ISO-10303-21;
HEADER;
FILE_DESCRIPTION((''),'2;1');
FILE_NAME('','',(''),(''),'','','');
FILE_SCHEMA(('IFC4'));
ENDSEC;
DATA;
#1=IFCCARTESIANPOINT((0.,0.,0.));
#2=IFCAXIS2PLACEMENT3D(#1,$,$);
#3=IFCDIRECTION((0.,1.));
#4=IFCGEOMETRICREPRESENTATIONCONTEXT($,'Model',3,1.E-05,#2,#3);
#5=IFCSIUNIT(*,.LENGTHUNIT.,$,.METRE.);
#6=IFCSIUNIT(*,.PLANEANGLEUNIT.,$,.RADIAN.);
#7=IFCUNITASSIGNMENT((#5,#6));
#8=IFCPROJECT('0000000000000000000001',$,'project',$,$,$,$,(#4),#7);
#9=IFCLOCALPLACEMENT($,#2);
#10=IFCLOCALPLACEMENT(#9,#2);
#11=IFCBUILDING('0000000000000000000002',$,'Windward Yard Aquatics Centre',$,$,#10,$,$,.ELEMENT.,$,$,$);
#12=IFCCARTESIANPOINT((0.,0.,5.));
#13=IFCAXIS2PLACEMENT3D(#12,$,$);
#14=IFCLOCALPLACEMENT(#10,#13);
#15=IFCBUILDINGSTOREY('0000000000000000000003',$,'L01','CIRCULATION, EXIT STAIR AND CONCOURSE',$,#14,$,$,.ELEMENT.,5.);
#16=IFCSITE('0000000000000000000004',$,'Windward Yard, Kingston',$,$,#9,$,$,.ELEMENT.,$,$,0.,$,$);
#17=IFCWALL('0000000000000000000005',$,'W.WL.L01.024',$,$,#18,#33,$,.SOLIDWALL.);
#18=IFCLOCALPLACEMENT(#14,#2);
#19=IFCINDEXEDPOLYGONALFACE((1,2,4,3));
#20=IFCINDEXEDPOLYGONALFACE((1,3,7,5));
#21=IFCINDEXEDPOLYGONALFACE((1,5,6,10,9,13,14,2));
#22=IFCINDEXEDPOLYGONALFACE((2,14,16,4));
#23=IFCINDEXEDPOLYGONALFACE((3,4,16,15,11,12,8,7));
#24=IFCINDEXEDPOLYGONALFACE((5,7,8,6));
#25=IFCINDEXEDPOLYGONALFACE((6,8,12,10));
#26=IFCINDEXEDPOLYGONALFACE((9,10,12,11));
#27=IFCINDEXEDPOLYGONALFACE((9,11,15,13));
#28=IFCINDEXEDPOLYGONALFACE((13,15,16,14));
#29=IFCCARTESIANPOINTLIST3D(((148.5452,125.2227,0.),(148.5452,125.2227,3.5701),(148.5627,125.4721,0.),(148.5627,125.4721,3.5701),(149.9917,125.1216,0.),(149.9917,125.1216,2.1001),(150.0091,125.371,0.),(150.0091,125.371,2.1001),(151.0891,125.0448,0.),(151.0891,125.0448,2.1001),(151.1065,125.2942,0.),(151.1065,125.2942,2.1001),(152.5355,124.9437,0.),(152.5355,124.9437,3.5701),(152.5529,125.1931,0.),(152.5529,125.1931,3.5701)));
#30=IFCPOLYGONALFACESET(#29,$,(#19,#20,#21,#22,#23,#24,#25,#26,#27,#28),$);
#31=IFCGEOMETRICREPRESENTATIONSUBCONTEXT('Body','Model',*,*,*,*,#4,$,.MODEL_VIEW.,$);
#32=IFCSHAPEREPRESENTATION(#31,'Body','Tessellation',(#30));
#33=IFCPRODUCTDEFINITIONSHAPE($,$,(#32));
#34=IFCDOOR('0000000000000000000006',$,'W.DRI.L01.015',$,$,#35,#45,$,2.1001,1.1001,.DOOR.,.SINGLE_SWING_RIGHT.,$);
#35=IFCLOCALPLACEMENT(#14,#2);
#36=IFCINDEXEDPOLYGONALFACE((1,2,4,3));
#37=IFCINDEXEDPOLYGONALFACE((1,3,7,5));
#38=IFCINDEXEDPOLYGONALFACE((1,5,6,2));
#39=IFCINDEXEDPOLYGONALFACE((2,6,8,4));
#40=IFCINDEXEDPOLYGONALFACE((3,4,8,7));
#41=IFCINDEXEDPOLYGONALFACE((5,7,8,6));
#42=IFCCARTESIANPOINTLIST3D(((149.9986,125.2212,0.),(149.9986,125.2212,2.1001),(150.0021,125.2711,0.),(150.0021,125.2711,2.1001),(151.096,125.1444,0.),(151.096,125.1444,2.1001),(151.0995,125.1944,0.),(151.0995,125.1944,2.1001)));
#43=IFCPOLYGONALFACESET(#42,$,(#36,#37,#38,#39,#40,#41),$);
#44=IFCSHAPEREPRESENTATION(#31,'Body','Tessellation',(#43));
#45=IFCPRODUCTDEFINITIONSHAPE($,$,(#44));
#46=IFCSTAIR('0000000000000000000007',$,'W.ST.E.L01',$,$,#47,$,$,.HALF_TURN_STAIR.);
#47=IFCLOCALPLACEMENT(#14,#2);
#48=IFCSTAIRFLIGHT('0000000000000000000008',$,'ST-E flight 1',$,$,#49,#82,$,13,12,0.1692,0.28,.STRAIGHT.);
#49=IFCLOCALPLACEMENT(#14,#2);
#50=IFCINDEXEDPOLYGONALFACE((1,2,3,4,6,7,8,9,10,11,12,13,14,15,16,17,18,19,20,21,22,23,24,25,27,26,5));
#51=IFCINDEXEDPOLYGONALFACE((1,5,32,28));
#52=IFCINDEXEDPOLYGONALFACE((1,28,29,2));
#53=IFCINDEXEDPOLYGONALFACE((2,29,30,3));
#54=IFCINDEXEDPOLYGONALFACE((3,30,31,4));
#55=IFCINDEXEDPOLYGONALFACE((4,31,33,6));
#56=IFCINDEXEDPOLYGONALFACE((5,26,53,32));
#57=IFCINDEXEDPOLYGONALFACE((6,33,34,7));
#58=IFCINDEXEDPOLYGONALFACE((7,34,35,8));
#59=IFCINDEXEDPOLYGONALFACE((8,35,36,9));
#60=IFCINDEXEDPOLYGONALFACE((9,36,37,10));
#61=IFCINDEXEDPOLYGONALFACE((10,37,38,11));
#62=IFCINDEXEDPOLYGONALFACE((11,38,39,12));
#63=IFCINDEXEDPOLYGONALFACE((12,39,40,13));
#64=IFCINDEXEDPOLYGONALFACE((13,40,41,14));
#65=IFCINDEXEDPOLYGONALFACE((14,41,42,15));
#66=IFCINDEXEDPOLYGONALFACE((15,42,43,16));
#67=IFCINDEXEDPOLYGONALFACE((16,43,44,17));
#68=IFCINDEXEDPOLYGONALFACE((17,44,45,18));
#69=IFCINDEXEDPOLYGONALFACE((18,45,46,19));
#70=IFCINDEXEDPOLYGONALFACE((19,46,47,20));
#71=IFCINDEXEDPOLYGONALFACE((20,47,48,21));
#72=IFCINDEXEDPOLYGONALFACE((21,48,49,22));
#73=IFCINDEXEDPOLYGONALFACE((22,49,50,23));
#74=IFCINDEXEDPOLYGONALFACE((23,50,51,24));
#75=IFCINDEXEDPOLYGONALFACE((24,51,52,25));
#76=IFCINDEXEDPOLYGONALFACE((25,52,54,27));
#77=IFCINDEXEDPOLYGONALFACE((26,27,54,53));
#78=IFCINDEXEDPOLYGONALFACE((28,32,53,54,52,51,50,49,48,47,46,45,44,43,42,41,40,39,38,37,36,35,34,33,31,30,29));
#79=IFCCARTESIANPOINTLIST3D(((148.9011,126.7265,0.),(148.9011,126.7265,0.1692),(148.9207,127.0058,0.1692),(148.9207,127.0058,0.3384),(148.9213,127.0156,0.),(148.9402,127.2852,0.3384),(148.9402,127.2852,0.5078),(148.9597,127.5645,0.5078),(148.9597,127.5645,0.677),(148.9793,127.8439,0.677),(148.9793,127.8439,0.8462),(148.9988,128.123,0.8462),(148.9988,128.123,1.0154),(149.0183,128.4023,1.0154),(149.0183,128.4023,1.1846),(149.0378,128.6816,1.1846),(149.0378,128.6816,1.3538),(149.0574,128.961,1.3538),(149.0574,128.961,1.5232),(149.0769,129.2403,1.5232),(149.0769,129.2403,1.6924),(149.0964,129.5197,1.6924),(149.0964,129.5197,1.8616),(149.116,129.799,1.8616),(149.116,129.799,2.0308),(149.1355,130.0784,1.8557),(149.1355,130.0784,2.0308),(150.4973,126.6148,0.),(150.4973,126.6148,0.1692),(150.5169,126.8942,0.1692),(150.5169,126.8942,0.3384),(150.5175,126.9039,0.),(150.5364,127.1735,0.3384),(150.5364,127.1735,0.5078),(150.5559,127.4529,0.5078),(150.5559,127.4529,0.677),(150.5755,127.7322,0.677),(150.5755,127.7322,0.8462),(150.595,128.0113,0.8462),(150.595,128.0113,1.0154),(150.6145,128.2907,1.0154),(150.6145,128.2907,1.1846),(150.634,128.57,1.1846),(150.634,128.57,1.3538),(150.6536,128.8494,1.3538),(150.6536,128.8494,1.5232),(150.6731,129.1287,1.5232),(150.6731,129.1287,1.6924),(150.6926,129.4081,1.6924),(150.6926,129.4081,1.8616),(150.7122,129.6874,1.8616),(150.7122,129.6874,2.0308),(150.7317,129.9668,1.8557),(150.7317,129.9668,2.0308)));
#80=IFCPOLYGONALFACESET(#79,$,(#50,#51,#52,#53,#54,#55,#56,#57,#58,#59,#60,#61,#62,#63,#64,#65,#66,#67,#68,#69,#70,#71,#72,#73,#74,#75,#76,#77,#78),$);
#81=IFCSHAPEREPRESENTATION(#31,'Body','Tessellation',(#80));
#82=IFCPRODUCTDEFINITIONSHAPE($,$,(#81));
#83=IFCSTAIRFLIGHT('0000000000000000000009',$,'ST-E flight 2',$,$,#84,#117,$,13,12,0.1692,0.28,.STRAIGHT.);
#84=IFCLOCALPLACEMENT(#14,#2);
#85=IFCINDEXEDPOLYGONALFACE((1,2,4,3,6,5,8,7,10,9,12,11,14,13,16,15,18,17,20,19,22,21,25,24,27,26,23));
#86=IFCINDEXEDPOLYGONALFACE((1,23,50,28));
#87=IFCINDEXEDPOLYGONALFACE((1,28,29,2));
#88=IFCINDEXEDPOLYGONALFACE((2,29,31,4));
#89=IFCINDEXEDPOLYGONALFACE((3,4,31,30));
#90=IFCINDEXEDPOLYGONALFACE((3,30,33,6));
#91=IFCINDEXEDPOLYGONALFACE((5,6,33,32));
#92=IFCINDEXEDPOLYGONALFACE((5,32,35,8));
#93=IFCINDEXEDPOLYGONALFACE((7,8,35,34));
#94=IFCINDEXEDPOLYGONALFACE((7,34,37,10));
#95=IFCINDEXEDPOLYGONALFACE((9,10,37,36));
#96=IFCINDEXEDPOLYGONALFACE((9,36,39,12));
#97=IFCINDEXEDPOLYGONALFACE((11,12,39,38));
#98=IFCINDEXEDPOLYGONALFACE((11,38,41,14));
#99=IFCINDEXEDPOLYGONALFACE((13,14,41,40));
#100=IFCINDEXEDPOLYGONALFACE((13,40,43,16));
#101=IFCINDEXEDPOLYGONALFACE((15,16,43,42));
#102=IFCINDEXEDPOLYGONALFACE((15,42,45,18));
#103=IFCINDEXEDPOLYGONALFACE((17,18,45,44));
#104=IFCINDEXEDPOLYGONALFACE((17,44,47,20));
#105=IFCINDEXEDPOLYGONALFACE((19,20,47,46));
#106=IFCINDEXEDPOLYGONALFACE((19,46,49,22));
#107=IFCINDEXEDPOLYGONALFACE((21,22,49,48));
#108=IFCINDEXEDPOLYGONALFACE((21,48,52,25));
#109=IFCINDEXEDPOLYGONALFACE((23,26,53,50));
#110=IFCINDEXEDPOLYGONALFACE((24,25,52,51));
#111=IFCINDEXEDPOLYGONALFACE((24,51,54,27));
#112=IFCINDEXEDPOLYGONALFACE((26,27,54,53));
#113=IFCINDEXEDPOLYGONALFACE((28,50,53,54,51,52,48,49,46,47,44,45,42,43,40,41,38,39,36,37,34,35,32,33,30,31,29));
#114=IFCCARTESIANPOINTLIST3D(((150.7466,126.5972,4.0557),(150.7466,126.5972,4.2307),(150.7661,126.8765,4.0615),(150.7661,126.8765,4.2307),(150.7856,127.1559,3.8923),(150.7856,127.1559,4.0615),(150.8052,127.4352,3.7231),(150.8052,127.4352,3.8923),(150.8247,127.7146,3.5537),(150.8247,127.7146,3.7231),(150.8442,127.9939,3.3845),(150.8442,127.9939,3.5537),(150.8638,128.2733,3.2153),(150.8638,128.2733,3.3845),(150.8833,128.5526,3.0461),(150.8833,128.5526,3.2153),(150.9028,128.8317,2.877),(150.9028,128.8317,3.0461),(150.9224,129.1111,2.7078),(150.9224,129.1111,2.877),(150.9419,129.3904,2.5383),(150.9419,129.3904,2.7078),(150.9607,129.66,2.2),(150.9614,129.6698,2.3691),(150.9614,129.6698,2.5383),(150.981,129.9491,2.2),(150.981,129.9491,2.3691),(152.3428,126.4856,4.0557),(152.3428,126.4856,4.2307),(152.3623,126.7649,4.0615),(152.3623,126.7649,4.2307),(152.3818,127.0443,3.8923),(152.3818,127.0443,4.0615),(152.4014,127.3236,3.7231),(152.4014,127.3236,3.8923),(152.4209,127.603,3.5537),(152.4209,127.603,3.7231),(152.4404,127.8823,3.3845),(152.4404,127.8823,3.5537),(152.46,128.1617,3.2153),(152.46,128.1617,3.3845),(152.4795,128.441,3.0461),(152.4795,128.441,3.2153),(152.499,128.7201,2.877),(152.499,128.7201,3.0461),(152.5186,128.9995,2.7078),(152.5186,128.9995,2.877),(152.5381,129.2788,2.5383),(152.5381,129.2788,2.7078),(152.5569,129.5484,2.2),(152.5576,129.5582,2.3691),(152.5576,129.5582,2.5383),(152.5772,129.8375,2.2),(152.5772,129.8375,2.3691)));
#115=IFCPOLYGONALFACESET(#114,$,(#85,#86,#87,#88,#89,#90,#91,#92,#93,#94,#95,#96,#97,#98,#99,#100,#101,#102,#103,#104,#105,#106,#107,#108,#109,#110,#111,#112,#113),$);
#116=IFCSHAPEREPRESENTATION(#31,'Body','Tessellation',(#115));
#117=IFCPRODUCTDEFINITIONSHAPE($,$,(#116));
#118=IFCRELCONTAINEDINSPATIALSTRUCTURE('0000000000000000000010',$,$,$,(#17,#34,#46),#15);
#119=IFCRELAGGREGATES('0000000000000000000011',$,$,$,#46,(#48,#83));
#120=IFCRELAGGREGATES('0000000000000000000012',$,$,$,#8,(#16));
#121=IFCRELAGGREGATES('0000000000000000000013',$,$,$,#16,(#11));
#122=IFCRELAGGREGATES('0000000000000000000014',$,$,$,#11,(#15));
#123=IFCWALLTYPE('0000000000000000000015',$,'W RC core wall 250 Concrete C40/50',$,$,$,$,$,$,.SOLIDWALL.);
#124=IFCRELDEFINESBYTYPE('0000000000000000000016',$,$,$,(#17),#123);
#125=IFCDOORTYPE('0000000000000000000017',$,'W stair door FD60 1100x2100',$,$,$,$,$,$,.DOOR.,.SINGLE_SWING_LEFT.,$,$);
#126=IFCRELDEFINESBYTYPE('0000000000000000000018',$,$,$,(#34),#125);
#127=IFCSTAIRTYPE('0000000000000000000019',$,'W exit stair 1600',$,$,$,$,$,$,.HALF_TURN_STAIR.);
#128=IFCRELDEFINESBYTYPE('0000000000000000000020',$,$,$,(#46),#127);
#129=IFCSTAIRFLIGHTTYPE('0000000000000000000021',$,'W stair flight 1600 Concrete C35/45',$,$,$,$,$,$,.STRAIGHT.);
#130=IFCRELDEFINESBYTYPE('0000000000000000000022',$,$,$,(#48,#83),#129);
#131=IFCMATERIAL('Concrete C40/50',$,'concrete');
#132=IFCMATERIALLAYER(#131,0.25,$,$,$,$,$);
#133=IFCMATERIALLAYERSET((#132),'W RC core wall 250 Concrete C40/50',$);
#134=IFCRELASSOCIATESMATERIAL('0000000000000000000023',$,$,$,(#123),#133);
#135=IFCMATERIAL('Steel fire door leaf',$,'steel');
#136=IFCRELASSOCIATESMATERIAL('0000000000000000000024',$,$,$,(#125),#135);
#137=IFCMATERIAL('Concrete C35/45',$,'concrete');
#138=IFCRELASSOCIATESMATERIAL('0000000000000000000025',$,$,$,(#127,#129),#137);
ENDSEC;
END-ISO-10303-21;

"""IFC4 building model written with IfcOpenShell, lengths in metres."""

from ifc_helpers import new_model, si_unit, direction, frame, frame_2d, origin, place, context, subcontext, project, spatial, polyline, rectangle, outline, extrude, material, layer, layer_set, type_object, element, fill, aggregate, save


model = new_model("IFC4")

# Units and contexts
model_context = context("Model", 3, precision=1e-05, world=origin(), true_north=direction((0.0, 1.0)))
body_context = subcontext(model_context, "Body", "Model", "MODEL_VIEW")
ifc_project = project(units=[si_unit("LENGTHUNIT", "METRE"), si_unit("PLANEANGLEUNIT", "RADIAN")], contexts=[model_context])

# Site, building, storey
site_placement = place(None, origin())
site = spatial("IfcSite", under=ifc_project, at=site_placement, Name="Windward Yard, Kingston", CompositionType="ELEMENT", RefElevation=0.0)
building_placement = place(site_placement, origin())
building = spatial("IfcBuilding", under=site, at=building_placement, Name="Windward Yard Aquatics Centre", CompositionType="ELEMENT")
storey_placement = place(building_placement, frame((0.0, 0.0, 5.0)))
storey = spatial("IfcBuildingStorey", under=building, at=storey_placement, Name="L01", Description="CIRCULATION, EXIT STAIR AND CONCOURSE", CompositionType="ELEMENT", Elevation=5.0)

# Shared definitions
ifc_material_1 = material(Name="Concrete C40/50", Category="concrete")

# Shared definitions
ifc_layer_1 = layer(ifc_material_1, 0.25)
ifc_layer_set_1 = layer_set([ifc_layer_1], Name="W RC core wall 250 Concrete C40/50")
wall_type = type_object("IfcWallType", Name="W RC core wall 250 Concrete C40/50", PredefinedType="SOLIDWALL", material=ifc_layer_set_1)

# Wall, opening, door
wall_1_placement = place(storey_placement, frame((148.554, 125.3474, 0.0), z_axis=(0.0, 0.0, 1.0), x_axis=(0.997564, -0.069764, 0.0)))
wall_1 = element("IfcWall", 1, at=wall_1_placement, inside=storey, type_object=wall_type, Name="W.WL.L01.024", PredefinedType="SOLIDWALL", context=body_context, shape_type="SweptSolid", body=[
    extrude(rectangle(XDim=4.0, YDim=0.25, at=frame_2d((2.0, 0.0))), origin(), (0.0, 0.0, 1.0), 3.5701),
])
opening_placement = place(wall_1_placement, frame((1.45, 0.0, 0.0)))
opening = element("IfcOpeningElement", 2, at=opening_placement, cuts=wall_1, PredefinedType="OPENING", context=body_context, shape_type="SweptSolid", body=[
    extrude(rectangle(XDim=1.1001, YDim=2.1001, at=frame_2d((0.55, 1.05))), frame((0.0, 0.135, 0.0), z_axis=(0.0, -1.0, 0.0), x_axis=(1.0, 0.0, 0.0)), (0.0, 0.0, 1.0), 0.27),
])
ifc_material_2 = material(Name="Steel fire door leaf", Category="steel")
door_type = type_object("IfcDoorType", Name="W stair door FD60 1100x2100", OperationType="SINGLE_SWING_LEFT", PredefinedType="DOOR", material=ifc_material_2)
door_placement = place(opening_placement, origin())
door = element("IfcDoor", 3, at=door_placement, inside=storey, type_object=door_type, Name="W.DRI.L01.015", OperationType="SINGLE_SWING_RIGHT", OverallHeight=2.1001, OverallWidth=1.1001, PredefinedType="DOOR", context=body_context, shape_type="SweptSolid", body=[
    extrude(rectangle(XDim=1.1001, YDim=2.1001, at=frame_2d((0.55, 1.05))), frame((0.0, 0.0249, 0.0), z_axis=(0.0, -1.0, 0.0), x_axis=(1.0, 0.0, 0.0)), (0.0, 0.0, 1.0), 0.05),
])
fill(opening, door)

# Stair, stair flights
ifc_material_3 = material(Name="Concrete C35/45", Category="concrete")
stair_type = type_object("IfcStairType", Name="W exit stair 1600", PredefinedType="HALF_TURN_STAIR", material=ifc_material_3)
stair_placement = place(storey_placement, origin())
stair = element("IfcStair", 4, at=stair_placement, inside=storey, type_object=stair_type, Name="W.ST.E.L01", PredefinedType="HALF_TURN_STAIR")
stair_flight_type = type_object("IfcStairFlightType", Name="W stair flight 1600 Concrete C35/45", PredefinedType="STRAIGHT", material=ifc_material_3)
stair_flight_1_placement = place(storey_placement, frame((149.6992, 126.6707, 0.0), z_axis=(0.0, 0.0, 1.0), x_axis=(0.069756, 0.997564, 0.0)))
stair_flight_1 = element("IfcStairFlight", 5, at=stair_flight_1_placement, type_object=stair_flight_type, Name="ST-E flight 1", NumberOfRisers=13, NumberOfTreads=12, PredefinedType="STRAIGHT", RiserHeight=0.1692, TreadLength=0.28, context=body_context, shape_type="SweptSolid", body=[
    extrude(outline(polyline([(0.0, 0.0), (0.0, 0.1692), (0.28, 0.1692), (0.28, 0.3384), (0.5601, 0.3384), (0.5601, 0.5078), (0.8401, 0.5078), (0.8401, 0.677), (1.1201, 0.677), (1.1201, 0.8462), (1.3999, 0.8462), (1.3999, 1.0154), (1.6799, 1.0154), (1.6799, 1.1846), (1.96, 1.1846), (1.96, 1.3538), (2.24, 1.3538), (2.24, 1.5232), (2.52, 1.5232), (2.52, 1.6924), (2.8, 1.6924), (2.8, 1.8616), (3.0801, 1.8616), (3.0801, 2.0308), (3.3601, 2.0308), (3.3601, 2.2), (3.3601, 1.8557), (0.2898, 0.0), (0.0, 0.0)])), frame((0.0, 0.8, 0.0), z_axis=(0.0, -1.0, 0.0), x_axis=(1.0, 0.0, 0.0)), (0.0, 0.0, 1.0), 1.6001),
])
stair_flight_2_placement = place(storey_placement, frame((151.7791, 129.8933, 2.2), z_axis=(0.0, 0.0, 1.0), x_axis=(-0.069756, -0.997564, 0.0)))
stair_flight_2 = element("IfcStairFlight", 6, at=stair_flight_2_placement, type_object=stair_flight_type, Name="ST-E flight 2", NumberOfRisers=13, NumberOfTreads=12, PredefinedType="STRAIGHT", RiserHeight=0.1692, TreadLength=0.28, context=body_context, shape_type="SweptSolid", body=[
    extrude(outline(polyline([(0.0, 0.0), (0.0, 0.1692), (0.28, 0.1692), (0.28, 0.3384), (0.5601, 0.3384), (0.5601, 0.5078), (0.8401, 0.5078), (0.8401, 0.677), (1.1201, 0.677), (1.1201, 0.8462), (1.3999, 0.8462), (1.3999, 1.0154), (1.6799, 1.0154), (1.6799, 1.1846), (1.96, 1.1846), (1.96, 1.3538), (2.24, 1.3538), (2.24, 1.5232), (2.52, 1.5232), (2.52, 1.6924), (2.8, 1.6924), (2.8, 1.8616), (3.0801, 1.8616), (3.0801, 2.0308), (3.3601, 2.0308), (3.3601, 2.2), (3.3601, 1.8557), (0.2898, 0.0), (0.0, 0.0)])), frame((0.0, 0.8, 0.0), z_axis=(0.0, -1.0, 0.0), x_axis=(1.0, 0.0, 0.0)), (0.0, 0.0, 1.0), 1.6001),
])
aggregate(stair, [stair_flight_1, stair_flight_2])

save(model, "model.ifc")
